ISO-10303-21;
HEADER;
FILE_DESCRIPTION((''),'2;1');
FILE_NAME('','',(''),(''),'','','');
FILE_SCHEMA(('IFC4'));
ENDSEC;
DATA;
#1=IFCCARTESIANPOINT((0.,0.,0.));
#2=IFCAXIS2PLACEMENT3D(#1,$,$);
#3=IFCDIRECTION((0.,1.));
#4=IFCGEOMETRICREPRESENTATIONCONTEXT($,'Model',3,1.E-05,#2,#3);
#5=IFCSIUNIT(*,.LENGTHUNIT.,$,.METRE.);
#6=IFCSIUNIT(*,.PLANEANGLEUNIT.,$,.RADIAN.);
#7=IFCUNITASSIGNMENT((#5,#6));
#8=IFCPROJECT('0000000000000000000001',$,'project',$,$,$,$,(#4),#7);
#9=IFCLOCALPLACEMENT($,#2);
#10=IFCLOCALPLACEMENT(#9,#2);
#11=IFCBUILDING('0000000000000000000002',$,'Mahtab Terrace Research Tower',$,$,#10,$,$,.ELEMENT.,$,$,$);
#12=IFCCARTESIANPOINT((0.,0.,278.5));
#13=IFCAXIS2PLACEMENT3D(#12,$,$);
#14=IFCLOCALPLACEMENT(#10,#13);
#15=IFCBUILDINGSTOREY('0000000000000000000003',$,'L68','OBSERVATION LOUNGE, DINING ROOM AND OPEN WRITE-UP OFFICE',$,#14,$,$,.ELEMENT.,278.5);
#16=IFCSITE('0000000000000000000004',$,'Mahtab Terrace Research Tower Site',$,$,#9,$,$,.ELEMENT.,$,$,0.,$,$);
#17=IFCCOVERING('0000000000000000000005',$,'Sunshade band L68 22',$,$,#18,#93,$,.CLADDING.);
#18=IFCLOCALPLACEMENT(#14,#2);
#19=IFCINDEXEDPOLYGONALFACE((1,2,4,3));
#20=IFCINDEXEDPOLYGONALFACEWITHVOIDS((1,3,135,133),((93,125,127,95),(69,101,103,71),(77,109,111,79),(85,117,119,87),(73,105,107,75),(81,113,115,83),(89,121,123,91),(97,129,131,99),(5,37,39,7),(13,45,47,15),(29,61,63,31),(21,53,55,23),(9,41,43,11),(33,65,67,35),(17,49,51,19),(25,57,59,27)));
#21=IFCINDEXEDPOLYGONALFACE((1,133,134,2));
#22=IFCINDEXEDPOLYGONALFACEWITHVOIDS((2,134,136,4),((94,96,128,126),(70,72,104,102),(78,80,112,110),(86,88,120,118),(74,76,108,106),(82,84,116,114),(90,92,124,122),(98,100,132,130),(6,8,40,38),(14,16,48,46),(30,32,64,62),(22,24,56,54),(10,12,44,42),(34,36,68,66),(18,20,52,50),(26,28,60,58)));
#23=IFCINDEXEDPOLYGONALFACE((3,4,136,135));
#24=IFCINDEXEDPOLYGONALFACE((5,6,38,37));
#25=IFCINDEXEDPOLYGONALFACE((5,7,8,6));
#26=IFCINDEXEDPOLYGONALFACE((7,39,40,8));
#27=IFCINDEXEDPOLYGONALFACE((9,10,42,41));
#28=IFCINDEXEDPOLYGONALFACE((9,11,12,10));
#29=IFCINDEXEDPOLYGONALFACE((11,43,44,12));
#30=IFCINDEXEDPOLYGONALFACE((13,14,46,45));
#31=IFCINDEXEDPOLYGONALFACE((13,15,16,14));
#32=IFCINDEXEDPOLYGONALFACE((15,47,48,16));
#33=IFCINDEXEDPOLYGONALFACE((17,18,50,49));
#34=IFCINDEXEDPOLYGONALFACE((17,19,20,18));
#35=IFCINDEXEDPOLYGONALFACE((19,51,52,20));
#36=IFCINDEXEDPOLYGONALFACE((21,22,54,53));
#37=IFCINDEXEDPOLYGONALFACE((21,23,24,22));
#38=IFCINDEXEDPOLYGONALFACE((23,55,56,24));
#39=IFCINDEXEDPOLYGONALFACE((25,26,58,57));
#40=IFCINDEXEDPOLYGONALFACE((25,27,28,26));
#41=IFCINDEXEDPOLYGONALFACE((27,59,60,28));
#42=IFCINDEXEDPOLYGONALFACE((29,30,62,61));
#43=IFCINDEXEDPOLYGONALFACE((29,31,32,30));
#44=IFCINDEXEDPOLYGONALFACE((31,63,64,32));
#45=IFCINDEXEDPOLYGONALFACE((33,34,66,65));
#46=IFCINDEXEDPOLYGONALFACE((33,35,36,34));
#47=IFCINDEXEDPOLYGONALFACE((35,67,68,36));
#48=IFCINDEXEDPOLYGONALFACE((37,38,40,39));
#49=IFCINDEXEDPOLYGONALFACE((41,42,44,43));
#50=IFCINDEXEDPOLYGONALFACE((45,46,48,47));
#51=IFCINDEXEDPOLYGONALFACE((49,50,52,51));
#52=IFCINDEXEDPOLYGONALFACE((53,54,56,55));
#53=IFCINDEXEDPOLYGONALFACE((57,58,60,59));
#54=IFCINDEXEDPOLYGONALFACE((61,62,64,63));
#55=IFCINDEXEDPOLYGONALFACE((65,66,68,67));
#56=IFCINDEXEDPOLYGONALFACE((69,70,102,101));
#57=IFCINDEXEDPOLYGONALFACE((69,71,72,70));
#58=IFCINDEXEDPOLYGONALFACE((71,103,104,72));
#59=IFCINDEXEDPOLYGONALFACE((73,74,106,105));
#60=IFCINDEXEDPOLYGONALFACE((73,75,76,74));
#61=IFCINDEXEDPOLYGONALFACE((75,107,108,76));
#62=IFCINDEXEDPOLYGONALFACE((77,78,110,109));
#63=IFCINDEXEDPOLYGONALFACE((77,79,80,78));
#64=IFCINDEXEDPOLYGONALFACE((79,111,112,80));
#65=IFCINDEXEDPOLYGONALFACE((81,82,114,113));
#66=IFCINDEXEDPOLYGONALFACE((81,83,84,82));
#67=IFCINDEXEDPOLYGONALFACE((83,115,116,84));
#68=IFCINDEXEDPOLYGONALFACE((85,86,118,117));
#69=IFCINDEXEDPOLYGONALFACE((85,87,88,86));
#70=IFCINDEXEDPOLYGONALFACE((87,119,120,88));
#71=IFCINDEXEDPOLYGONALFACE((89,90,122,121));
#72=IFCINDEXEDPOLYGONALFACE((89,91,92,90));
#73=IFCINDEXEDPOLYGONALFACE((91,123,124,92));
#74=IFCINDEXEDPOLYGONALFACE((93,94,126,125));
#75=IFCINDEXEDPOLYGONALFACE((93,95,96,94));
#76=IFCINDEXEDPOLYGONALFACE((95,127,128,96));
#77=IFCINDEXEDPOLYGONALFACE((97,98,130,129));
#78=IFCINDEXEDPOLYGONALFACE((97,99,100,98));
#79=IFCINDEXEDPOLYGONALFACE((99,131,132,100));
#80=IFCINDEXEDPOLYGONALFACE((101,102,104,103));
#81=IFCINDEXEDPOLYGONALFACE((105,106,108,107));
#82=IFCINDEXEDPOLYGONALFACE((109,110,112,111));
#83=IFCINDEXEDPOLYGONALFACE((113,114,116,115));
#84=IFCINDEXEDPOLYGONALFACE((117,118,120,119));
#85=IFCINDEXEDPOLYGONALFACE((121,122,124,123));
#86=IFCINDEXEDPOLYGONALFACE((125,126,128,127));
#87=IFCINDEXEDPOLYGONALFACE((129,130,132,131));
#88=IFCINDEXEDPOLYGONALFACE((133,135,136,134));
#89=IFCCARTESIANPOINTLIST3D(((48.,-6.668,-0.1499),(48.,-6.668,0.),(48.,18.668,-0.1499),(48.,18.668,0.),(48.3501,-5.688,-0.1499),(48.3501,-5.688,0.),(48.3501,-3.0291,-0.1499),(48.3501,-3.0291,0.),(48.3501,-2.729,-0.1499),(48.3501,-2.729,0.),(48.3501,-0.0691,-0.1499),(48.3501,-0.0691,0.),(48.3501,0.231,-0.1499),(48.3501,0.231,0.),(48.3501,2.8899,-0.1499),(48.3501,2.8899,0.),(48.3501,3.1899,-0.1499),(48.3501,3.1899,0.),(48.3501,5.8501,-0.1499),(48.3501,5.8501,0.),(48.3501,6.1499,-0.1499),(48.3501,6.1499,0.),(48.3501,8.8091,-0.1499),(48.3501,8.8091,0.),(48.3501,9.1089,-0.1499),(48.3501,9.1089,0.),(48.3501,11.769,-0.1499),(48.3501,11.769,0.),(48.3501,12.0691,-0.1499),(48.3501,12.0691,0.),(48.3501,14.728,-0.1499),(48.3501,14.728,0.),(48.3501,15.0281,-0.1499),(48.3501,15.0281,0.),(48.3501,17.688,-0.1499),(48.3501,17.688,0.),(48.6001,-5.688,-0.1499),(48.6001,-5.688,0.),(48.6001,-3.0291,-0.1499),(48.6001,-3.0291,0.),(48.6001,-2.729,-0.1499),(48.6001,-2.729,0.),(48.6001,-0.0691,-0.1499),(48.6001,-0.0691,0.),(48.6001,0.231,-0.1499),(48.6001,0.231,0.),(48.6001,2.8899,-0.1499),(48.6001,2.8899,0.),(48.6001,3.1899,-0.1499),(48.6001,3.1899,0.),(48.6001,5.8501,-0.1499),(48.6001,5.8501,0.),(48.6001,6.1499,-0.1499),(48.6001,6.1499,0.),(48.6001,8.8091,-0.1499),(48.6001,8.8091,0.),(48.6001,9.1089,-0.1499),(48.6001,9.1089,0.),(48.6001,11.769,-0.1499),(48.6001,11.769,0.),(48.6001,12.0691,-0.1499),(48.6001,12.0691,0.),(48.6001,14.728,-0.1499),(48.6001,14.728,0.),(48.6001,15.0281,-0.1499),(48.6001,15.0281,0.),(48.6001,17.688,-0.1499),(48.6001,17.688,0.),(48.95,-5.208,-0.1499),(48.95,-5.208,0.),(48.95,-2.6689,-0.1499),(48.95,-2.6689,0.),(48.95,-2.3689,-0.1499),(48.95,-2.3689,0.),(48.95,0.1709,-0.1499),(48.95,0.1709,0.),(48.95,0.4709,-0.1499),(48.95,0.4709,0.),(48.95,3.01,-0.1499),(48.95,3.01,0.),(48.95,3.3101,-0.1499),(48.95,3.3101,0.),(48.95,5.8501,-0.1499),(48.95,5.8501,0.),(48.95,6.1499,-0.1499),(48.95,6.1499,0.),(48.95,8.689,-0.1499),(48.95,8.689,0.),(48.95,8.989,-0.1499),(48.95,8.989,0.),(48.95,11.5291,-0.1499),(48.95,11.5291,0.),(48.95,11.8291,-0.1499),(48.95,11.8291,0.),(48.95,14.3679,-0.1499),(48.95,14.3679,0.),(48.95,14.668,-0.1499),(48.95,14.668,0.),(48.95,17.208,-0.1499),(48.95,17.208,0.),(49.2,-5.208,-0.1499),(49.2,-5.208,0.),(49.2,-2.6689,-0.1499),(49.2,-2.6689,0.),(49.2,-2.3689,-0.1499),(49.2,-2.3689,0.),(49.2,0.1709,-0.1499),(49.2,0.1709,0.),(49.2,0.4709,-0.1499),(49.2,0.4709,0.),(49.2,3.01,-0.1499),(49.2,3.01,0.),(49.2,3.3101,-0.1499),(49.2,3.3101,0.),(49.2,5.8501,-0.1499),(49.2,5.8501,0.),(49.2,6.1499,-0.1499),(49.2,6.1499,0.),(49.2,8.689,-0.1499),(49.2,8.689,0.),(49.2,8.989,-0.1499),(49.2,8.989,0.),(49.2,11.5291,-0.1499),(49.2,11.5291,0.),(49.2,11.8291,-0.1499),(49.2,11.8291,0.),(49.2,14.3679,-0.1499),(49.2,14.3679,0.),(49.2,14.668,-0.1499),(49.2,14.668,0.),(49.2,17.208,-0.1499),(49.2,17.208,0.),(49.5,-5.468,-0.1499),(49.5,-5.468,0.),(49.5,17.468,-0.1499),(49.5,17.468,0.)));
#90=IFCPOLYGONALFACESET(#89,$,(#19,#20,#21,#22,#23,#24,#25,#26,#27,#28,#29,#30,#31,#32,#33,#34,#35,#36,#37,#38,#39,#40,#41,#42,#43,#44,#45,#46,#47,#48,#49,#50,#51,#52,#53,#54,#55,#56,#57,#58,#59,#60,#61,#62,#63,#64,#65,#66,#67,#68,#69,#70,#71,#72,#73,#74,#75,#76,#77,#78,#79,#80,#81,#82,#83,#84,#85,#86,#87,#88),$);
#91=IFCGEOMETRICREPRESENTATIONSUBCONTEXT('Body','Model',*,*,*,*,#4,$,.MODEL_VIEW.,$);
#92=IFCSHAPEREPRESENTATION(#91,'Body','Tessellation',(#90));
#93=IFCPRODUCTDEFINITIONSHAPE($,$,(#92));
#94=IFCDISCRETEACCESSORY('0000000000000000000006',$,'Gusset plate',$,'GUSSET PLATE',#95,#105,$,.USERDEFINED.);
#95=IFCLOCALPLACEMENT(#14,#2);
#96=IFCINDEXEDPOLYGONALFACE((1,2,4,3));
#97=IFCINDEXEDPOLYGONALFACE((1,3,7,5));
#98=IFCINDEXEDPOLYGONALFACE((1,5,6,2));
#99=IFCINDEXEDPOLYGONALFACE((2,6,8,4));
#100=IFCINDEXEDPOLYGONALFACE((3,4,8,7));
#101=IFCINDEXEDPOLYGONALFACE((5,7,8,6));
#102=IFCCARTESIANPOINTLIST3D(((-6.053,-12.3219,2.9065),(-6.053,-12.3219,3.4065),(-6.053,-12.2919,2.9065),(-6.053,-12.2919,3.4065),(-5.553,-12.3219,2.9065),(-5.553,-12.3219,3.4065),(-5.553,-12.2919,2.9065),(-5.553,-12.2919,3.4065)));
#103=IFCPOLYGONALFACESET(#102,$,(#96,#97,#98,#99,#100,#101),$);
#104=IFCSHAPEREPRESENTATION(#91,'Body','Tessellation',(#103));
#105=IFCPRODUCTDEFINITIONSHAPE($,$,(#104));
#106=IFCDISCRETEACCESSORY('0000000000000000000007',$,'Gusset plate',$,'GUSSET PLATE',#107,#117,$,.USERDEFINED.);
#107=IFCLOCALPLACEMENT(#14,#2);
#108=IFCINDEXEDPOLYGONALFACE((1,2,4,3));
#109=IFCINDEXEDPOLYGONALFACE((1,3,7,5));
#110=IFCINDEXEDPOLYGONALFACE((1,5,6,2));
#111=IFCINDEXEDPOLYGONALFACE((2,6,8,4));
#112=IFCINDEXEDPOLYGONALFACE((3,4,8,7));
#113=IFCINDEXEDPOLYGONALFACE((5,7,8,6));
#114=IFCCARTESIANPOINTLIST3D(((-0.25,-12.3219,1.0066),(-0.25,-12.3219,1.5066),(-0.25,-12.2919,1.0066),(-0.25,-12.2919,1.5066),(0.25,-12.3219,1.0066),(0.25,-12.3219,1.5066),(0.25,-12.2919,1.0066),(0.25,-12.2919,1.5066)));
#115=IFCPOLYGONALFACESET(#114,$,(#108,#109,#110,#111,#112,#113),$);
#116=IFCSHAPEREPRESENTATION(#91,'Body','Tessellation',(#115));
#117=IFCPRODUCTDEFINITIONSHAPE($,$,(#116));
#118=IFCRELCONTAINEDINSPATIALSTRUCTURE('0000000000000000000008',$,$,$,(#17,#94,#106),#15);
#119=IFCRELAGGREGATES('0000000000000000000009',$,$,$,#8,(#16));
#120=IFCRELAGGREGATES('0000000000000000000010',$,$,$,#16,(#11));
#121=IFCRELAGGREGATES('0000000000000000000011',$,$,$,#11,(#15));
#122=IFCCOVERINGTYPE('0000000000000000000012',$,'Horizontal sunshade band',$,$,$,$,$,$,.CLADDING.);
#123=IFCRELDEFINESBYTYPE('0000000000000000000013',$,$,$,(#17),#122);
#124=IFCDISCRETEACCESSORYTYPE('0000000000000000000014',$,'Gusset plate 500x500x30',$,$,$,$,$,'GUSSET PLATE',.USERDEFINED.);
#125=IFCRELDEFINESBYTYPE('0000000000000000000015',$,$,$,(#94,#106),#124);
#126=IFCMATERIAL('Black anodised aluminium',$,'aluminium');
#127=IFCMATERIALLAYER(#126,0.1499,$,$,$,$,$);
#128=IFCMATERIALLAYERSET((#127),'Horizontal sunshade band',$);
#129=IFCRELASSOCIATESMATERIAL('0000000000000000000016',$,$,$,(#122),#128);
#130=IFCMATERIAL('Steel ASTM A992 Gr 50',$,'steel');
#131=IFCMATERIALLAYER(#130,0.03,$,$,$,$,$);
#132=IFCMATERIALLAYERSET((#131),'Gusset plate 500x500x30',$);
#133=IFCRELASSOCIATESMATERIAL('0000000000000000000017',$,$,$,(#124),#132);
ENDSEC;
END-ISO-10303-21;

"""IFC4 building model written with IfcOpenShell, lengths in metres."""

from ifc_helpers import new_model, si_unit, direction, frame, origin, origin_2d, place, context, subcontext, project, spatial, polyline, rectangle, outline, extrude, material, layer, layer_set, type_object, element, save


model = new_model("IFC4")

# Units and contexts
model_context = context("Model", 3, precision=1e-05, world=origin(), true_north=direction((0.0, 1.0)))
body_context = subcontext(model_context, "Body", "Model", "MODEL_VIEW")
ifc_project = project(units=[si_unit("LENGTHUNIT", "METRE"), si_unit("PLANEANGLEUNIT", "RADIAN")], contexts=[model_context])

# Site, building, storey
site_placement = place(None, origin())
site = spatial("IfcSite", under=ifc_project, at=site_placement, Name="Mahtab Terrace Research Tower Site", CompositionType="ELEMENT", RefElevation=0.0)
building_placement = place(site_placement, origin())
building = spatial("IfcBuilding", under=site, at=building_placement, Name="Mahtab Terrace Research Tower", CompositionType="ELEMENT")
storey_placement = place(building_placement, frame((0.0, 0.0, 278.5)))
storey = spatial("IfcBuildingStorey", under=building, at=storey_placement, Name="L68", Description="OBSERVATION LOUNGE, DINING ROOM AND OPEN WRITE-UP OFFICE", CompositionType="ELEMENT", Elevation=278.5)

# Shared definitions
ifc_material_1 = material(Name="Steel ASTM A992 Gr 50", Category="steel")

# Covering
ifc_material_2 = material(Name="Black anodised aluminium", Category="aluminium")
ifc_layer_1 = layer(ifc_material_2, 0.1499)
ifc_layer_set_1 = layer_set([ifc_layer_1], Name="Horizontal sunshade band")
covering_type = type_object("IfcCoveringType", Name="Horizontal sunshade band", PredefinedType="CLADDING", material=ifc_layer_set_1)
covering_1_placement = place(storey_placement, frame((0.0, 0.0, -0.1499)))
element("IfcCovering", 1, at=covering_1_placement, inside=storey, type_object=covering_type, Name="Sunshade band L68 22", PredefinedType="CLADDING", context=body_context, shape_type="SweptSolid", body=[
    extrude(outline(polyline([(48.0, -6.668), (48.0, 18.668), (49.5, 17.468), (49.5, -5.468), (48.0, -6.668)]), holes=[polyline([(48.3501, -5.688), (48.3501, -3.0291), (48.6001, -3.0291), (48.6001, -5.688), (48.3501, -5.688)]), polyline([(48.3501, -2.729), (48.3501, -0.0691), (48.6001, -0.0691), (48.6001, -2.729), (48.3501, -2.729)]), polyline([(48.3501, 0.231), (48.3501, 2.8899), (48.6001, 2.8899), (48.6001, 0.231), (48.3501, 0.231)]), polyline([(48.3501, 3.1899), (48.3501, 5.8501), (48.6001, 5.8501), (48.6001, 3.1899), (48.3501, 3.1899)]), polyline([(48.3501, 6.1499), (48.3501, 8.8091), (48.6001, 8.8091), (48.6001, 6.1499), (48.3501, 6.1499)]), polyline([(48.3501, 9.1089), (48.3501, 11.769), (48.6001, 11.769), (48.6001, 9.1089), (48.3501, 9.1089)]), polyline([(48.3501, 12.0691), (48.3501, 14.728), (48.6001, 14.728), (48.6001, 12.0691), (48.3501, 12.0691)]), polyline([(48.3501, 15.0281), (48.3501, 17.688), (48.6001, 17.688), (48.6001, 15.0281), (48.3501, 15.0281)]), polyline([(48.95, -5.208), (48.95, -2.6689), (49.2, -2.6689), (49.2, -5.208), (48.95, -5.208)]), polyline([(48.95, -2.3689), (48.95, 0.1709), (49.2, 0.1709), (49.2, -2.3689), (48.95, -2.3689)]), polyline([(48.95, 0.4709), (48.95, 3.01), (49.2, 3.01), (49.2, 0.4709), (48.95, 0.4709)]), polyline([(48.95, 3.3101), (48.95, 5.8501), (49.2, 5.8501), (49.2, 3.3101), (48.95, 3.3101)]), polyline([(48.95, 6.1499), (48.95, 8.689), (49.2, 8.689), (49.2, 6.1499), (48.95, 6.1499)]), polyline([(48.95, 8.989), (48.95, 11.5291), (49.2, 11.5291), (49.2, 8.989), (48.95, 8.989)]), polyline([(48.95, 11.8291), (48.95, 14.3679), (49.2, 14.3679), (49.2, 11.8291), (48.95, 11.8291)]), polyline([(48.95, 14.668), (48.95, 17.208), (49.2, 17.208), (49.2, 14.668), (48.95, 14.668)])]), origin(), (0.0, 0.0, 1.0), 0.1499),
])

# Discrete accessories
ifc_layer_2 = layer(ifc_material_1, 0.03)
ifc_layer_set_2 = layer_set([ifc_layer_2], Name="Gusset plate 500x500x30")
discrete_accessory_type = type_object("IfcDiscreteAccessoryType", Name="Gusset plate 500x500x30", ElementType="GUSSET PLATE", PredefinedType="USERDEFINED", material=ifc_layer_set_2)
for number, where, z_axis, x_axis, name in (
    (2, (-5.803, -12.3069, 2.9065), (0.0, 0.0, 1.0), (1.0, 0.0, 0.0), "Gusset plate"),
    (3, (0.0, -12.3069, 1.0066), (0.0, 0.0, 1.0), (1.0, 0.0, 0.0), "Gusset plate"),
):
    element("IfcDiscreteAccessory", number, at=place(storey_placement, frame(where, z_axis=z_axis, x_axis=x_axis)), inside=storey, type_object=discrete_accessory_type, Name=name, ObjectType="GUSSET PLATE", PredefinedType="USERDEFINED", context=body_context, shape_type="SweptSolid", body=[
        extrude(rectangle(XDim=0.5, YDim=0.03, at=origin_2d()), origin(), (0.0, 0.0, 1.0), 0.5),
    ])

save(model, "model.ifc")
